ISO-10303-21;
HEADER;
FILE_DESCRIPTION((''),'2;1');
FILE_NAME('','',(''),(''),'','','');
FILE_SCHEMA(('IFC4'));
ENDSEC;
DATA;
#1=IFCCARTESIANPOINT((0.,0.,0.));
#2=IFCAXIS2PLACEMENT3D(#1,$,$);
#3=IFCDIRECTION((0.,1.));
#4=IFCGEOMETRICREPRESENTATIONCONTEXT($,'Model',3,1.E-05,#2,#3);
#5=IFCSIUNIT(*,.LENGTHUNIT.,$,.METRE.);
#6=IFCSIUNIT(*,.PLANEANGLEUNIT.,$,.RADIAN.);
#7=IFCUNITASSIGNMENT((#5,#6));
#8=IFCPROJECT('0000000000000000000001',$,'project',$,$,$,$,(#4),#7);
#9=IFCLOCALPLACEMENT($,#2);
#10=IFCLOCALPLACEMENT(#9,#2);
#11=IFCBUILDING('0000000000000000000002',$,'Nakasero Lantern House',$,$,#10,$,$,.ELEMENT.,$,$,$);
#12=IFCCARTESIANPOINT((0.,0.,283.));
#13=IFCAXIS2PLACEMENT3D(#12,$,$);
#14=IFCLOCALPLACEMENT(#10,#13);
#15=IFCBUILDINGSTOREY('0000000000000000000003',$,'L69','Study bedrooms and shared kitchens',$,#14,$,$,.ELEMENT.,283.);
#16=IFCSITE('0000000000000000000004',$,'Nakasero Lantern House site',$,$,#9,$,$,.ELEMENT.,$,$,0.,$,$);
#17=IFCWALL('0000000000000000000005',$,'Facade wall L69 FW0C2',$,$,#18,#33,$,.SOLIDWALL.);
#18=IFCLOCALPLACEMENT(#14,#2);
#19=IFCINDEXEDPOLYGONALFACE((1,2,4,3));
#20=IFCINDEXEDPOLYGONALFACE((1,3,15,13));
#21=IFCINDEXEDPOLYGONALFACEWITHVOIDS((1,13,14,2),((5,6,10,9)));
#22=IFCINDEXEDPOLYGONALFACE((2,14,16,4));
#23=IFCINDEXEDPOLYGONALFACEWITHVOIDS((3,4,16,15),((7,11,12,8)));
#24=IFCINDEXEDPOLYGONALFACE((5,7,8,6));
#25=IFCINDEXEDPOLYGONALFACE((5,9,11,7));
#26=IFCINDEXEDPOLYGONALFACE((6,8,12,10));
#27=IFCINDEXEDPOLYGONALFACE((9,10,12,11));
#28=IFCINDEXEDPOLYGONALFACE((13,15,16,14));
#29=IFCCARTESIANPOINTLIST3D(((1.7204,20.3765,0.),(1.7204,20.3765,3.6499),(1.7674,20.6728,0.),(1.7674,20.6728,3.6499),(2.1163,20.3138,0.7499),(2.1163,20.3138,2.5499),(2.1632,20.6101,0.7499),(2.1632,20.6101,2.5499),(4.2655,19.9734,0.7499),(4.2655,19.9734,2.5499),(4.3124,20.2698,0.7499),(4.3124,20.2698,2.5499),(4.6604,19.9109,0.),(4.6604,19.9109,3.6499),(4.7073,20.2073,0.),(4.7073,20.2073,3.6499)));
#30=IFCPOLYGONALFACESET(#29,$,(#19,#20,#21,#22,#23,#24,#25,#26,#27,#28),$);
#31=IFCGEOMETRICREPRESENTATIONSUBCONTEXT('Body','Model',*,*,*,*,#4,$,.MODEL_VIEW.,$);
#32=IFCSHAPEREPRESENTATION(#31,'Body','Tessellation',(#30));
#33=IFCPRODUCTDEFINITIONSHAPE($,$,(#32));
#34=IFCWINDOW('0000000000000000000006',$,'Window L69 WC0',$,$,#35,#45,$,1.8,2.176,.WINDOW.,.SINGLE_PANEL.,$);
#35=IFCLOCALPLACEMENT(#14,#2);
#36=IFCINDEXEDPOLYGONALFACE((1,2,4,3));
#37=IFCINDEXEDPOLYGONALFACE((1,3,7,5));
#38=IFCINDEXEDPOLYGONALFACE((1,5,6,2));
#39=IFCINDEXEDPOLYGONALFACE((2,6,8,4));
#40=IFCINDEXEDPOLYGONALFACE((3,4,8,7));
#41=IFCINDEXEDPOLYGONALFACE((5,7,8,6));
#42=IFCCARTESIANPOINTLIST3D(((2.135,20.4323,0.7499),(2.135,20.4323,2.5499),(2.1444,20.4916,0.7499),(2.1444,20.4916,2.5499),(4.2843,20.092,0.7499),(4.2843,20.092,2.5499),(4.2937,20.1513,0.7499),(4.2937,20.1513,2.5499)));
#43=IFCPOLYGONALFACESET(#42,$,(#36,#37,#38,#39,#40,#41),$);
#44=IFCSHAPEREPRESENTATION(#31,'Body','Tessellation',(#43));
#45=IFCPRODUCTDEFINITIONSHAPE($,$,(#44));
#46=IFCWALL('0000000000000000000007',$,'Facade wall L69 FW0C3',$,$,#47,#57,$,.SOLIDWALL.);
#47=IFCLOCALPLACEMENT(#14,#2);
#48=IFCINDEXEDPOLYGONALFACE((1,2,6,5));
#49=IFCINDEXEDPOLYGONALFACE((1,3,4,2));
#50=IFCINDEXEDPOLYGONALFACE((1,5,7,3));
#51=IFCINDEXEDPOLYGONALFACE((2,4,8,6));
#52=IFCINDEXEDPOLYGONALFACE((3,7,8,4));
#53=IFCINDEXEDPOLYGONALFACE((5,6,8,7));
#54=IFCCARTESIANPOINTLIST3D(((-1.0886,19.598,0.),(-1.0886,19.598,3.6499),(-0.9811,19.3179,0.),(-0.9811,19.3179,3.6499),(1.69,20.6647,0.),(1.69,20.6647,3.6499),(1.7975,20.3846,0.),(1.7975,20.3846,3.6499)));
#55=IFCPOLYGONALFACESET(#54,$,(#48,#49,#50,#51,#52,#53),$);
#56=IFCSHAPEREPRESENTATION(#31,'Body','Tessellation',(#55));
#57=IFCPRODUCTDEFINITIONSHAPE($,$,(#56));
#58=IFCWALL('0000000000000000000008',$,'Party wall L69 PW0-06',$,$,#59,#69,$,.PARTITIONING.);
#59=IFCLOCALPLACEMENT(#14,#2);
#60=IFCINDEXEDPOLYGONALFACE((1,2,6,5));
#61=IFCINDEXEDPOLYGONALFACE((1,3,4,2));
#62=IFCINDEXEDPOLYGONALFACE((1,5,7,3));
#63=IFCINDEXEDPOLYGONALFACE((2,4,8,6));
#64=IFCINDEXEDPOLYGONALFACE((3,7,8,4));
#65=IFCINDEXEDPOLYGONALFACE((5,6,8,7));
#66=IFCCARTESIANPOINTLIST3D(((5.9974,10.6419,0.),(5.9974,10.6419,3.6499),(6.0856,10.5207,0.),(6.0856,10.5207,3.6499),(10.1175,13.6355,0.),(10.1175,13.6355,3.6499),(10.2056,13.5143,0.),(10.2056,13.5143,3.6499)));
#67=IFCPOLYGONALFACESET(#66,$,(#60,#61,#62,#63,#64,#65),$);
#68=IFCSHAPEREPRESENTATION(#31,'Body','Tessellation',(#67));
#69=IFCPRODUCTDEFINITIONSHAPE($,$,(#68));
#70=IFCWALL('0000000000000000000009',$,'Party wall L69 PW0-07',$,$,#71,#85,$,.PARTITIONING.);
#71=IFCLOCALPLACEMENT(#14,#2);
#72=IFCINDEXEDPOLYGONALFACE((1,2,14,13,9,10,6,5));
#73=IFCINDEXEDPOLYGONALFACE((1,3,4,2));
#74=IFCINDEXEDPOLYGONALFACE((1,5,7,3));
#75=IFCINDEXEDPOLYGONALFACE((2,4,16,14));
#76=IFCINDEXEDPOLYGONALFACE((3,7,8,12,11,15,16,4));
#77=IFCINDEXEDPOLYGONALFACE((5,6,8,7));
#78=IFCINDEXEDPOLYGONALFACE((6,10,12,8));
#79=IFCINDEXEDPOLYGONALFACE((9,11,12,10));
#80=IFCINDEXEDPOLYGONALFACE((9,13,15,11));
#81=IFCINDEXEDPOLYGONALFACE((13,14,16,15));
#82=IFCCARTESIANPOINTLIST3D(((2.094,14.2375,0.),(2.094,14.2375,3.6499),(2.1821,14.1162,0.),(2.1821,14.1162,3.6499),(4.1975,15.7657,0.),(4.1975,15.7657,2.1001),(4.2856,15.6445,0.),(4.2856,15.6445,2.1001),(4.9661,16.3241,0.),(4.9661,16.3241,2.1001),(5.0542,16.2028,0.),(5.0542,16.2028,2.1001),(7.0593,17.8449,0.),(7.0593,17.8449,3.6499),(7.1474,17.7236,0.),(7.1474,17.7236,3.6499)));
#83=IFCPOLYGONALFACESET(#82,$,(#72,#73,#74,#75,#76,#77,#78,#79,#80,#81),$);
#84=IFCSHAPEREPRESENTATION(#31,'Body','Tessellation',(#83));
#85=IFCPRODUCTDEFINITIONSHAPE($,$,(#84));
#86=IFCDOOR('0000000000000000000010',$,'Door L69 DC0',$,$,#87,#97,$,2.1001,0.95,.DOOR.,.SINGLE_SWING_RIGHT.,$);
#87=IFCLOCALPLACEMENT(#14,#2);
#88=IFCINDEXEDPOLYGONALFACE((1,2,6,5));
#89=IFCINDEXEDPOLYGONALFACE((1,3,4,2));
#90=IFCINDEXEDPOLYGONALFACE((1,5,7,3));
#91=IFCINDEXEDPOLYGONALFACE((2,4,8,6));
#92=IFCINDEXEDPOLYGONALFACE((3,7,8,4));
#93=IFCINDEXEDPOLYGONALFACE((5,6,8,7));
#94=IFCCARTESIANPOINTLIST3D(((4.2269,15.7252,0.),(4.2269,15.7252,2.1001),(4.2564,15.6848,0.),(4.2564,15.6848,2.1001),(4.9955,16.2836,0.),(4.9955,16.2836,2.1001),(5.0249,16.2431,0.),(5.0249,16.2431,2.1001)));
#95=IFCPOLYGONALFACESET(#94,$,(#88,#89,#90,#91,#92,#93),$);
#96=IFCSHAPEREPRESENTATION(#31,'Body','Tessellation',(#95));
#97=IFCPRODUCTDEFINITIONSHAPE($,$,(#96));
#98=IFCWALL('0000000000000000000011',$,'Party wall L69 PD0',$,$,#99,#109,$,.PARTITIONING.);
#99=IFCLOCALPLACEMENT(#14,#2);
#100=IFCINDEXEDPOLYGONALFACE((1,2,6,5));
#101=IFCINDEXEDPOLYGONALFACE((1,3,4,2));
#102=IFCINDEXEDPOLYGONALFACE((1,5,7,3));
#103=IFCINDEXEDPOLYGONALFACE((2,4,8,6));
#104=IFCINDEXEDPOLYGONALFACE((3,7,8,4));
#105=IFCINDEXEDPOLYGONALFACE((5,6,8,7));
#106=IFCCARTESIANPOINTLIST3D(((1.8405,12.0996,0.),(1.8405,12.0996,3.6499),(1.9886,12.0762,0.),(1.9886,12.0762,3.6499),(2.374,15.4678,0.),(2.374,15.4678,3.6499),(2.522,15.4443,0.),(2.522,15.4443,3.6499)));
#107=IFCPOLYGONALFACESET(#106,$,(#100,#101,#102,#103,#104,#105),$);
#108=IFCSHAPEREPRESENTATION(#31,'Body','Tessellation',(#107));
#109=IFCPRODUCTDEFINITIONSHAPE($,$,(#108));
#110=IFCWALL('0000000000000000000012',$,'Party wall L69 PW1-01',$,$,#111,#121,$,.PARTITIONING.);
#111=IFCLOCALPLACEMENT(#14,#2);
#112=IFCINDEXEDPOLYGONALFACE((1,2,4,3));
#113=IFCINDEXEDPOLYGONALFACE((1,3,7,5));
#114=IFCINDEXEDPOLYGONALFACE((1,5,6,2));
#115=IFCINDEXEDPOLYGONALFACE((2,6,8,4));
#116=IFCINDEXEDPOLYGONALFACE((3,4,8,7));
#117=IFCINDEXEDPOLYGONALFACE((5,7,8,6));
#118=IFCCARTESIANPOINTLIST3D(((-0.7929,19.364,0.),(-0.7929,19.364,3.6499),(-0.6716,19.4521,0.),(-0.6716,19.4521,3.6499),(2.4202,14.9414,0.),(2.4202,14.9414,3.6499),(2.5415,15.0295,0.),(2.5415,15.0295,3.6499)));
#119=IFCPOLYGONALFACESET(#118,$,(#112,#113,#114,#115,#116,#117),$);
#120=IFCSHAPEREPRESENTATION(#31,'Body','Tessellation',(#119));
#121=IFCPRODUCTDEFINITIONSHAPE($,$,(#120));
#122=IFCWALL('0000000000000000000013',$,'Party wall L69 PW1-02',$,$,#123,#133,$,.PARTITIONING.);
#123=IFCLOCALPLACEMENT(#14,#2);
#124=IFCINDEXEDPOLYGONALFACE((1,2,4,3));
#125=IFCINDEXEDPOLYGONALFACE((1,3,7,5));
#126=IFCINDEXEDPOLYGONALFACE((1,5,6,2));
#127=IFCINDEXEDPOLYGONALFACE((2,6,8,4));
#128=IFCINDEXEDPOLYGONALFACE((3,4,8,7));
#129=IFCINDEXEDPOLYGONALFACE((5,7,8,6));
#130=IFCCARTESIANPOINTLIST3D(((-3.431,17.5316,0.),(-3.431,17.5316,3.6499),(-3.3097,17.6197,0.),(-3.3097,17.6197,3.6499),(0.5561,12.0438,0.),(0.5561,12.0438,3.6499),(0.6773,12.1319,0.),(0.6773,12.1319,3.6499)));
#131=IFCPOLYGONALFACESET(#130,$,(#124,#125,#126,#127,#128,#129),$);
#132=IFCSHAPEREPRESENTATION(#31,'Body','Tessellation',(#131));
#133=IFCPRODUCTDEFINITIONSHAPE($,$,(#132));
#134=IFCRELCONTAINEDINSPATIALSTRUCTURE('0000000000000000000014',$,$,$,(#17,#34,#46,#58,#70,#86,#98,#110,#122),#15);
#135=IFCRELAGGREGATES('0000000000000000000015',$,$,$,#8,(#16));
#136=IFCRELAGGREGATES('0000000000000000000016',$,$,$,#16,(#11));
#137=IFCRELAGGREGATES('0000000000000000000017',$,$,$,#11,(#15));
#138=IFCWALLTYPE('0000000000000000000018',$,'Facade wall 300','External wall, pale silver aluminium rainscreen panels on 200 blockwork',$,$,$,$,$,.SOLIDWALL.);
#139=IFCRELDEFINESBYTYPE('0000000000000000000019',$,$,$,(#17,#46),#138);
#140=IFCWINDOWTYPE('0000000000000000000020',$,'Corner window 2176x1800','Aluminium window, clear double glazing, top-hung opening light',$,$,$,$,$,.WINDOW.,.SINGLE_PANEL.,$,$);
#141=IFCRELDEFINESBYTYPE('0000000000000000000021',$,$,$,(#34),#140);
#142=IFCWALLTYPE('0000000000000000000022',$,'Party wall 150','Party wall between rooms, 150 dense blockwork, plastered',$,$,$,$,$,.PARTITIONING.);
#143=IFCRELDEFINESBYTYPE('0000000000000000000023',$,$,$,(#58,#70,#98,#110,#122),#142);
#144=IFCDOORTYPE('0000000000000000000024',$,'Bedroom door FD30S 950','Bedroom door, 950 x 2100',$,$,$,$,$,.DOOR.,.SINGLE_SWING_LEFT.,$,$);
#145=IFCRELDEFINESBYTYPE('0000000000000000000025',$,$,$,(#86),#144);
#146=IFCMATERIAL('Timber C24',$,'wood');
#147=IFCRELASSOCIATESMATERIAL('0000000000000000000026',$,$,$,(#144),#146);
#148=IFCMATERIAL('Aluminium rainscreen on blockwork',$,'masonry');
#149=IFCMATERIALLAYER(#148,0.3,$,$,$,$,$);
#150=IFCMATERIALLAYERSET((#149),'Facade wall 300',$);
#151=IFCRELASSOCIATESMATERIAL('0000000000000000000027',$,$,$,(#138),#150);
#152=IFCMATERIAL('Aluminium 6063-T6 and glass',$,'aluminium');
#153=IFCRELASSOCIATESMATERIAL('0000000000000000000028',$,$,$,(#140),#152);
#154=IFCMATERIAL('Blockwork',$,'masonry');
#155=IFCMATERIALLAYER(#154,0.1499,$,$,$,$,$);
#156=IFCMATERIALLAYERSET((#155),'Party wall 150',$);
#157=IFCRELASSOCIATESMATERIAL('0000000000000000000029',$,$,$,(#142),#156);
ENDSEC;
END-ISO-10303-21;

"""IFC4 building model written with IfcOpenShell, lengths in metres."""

from ifc_helpers import new_model, si_unit, direction, frame, frame_2d, origin, place, context, subcontext, project, spatial, rectangle, extrude, material, layer, layer_set, type_object, element, fill, save


model = new_model("IFC4")

# Units and contexts
model_context = context("Model", 3, precision=1e-05, world=origin(), true_north=direction((0.0, 1.0)))
body_context = subcontext(model_context, "Body", "Model", "MODEL_VIEW")
ifc_project = project(units=[si_unit("LENGTHUNIT", "METRE"), si_unit("PLANEANGLEUNIT", "RADIAN")], contexts=[model_context])

# Site, building, storey
site_placement = place(None, origin())
site = spatial("IfcSite", under=ifc_project, at=site_placement, Name="Nakasero Lantern House site", CompositionType="ELEMENT", RefElevation=0.0)
building_placement = place(site_placement, origin())
building = spatial("IfcBuilding", under=site, at=building_placement, Name="Nakasero Lantern House", CompositionType="ELEMENT")
storey_placement = place(building_placement, frame((0.0, 0.0, 283.0)))
storey = spatial("IfcBuildingStorey", under=building, at=storey_placement, Name="L69", Description="Study bedrooms and shared kitchens", CompositionType="ELEMENT", Elevation=283.0)

# Shared definitions
ifc_material_1 = material(Name="Timber C24", Category="wood")
door_type_1 = type_object("IfcDoorType", Name="Bedroom door FD30S 950", Description="Bedroom door, 950 x 2100", OperationType="SINGLE_SWING_LEFT", PredefinedType="DOOR", material=ifc_material_1)

# Wall, opening, window
ifc_material_2 = material(Name="Aluminium rainscreen on blockwork", Category="masonry")
ifc_layer_1 = layer(ifc_material_2, 0.3)
ifc_layer_set_1 = layer_set([ifc_layer_1], Name="Facade wall 300")
wall_type_1 = type_object("IfcWallType", Name="Facade wall 300", Description="External wall, pale silver aluminium rainscreen panels on 200 blockwork", PredefinedType="SOLIDWALL", material=ifc_layer_set_1)
wall_1_placement = place(storey_placement, frame((4.6838, 20.0591, 0.0), z_axis=(0.0, 0.0, 1.0), x_axis=(-0.987692, 0.156413, 0.0)))
wall_1 = element("IfcWall", 1, at=wall_1_placement, inside=storey, type_object=wall_type_1, Name="Facade wall L69 FW0C2", PredefinedType="SOLIDWALL", context=body_context, shape_type="SweptSolid", body=[
    extrude(rectangle(XDim=2.9766, YDim=0.3, at=frame_2d((1.4883, 0.0))), origin(), (0.0, 0.0, 1.0), 3.6499),
])
opening_1_placement = place(wall_1_placement, frame((0.3999, 0.0, 0.75)))
opening_1 = element("IfcOpeningElement", 2, at=opening_1_placement, cuts=wall_1, PredefinedType="OPENING", context=body_context, shape_type="SweptSolid", body=[
    extrude(rectangle(XDim=2.176, YDim=1.8, at=frame_2d((1.0879, 0.8999))), frame((0.0, 0.1699, 0.0), z_axis=(0.0, -1.0, 0.0), x_axis=(1.0, 0.0, 0.0)), (0.0, 0.0, 1.0), 0.3401),
])
ifc_material_3 = material(Name="Aluminium 6063-T6 and glass", Category="aluminium")
window_type = type_object("IfcWindowType", Name="Corner window 2176x1800", Description="Aluminium window, clear double glazing, top-hung opening light", PartitioningType="SINGLE_PANEL", PredefinedType="WINDOW", material=ifc_material_3)
window_placement = place(opening_1_placement, origin())
window = element("IfcWindow", 3, at=window_placement, inside=storey, type_object=window_type, Name="Window L69 WC0", OverallHeight=1.8, OverallWidth=2.176, PartitioningType="SINGLE_PANEL", PredefinedType="WINDOW", context=body_context, shape_type="SweptSolid", body=[
    extrude(rectangle(XDim=2.176, YDim=1.8, at=frame_2d((1.0879, 0.8999))), frame((0.0, 0.03, 0.0), z_axis=(0.0, -1.0, 0.0), x_axis=(1.0, 0.0, 0.0)), (0.0, 0.0, 1.0), 0.0601),
])
fill(opening_1, window)

# Walls
wall_2_placement = place(storey_placement, frame((1.7439, 20.5247, 0.0), z_axis=(0.0, 0.0, 1.0), x_axis=(-0.933574, -0.358385, 0.0)))
element("IfcWall", 4, at=wall_2_placement, inside=storey, type_object=wall_type_1, Name="Facade wall L69 FW0C3", PredefinedType="SOLIDWALL", context=body_context, shape_type="SweptSolid", body=[
    extrude(rectangle(XDim=2.9763, YDim=0.3, at=frame_2d((1.4883, 0.0))), origin(), (0.0, 0.0, 1.0), 3.6499),
])
ifc_material_4 = material(Name="Blockwork", Category="masonry")
ifc_layer_2 = layer(ifc_material_4, 0.1499)
ifc_layer_set_2 = layer_set([ifc_layer_2], Name="Party wall 150")
wall_type_2 = type_object("IfcWallType", Name="Party wall 150", Description="Party wall between rooms, 150 dense blockwork, plastered", PredefinedType="PARTITIONING", material=ifc_layer_set_2)
wall_3_placement = place(storey_placement, frame((6.0415, 10.5813, 0.0), z_axis=(0.0, 0.0, 1.0), x_axis=(0.808997, 0.587812, 0.0)))
element("IfcWall", 5, at=wall_3_placement, inside=storey, type_object=wall_type_2, Name="Party wall L69 PW0-06", PredefinedType="PARTITIONING", context=body_context, shape_type="SweptSolid", body=[
    extrude(rectangle(XDim=5.0928, YDim=0.1499, at=frame_2d((2.5464, 0.0))), origin(), (0.0, 0.0, 1.0), 3.6499),
])

# Wall, opening, door
wall_4_placement = place(storey_placement, frame((2.1379, 14.1768, 0.0), z_axis=(0.0, 0.0, 1.0), x_axis=(0.809025, 0.587774, 0.0)))
wall_4 = element("IfcWall", 6, at=wall_4_placement, inside=storey, type_object=wall_type_2, Name="Party wall L69 PW0-07", PredefinedType="PARTITIONING", context=body_context, shape_type="SweptSolid", body=[
    extrude(rectangle(XDim=6.1375, YDim=0.1499, at=frame_2d((3.0688, 0.0))), origin(), (0.0, 0.0, 1.0), 3.6499),
])
opening_2_placement = place(wall_4_placement, frame((2.6001, 0.0, 0.0)))
opening_2 = element("IfcOpeningElement", 7, at=opening_2_placement, cuts=wall_4, PredefinedType="OPENING", context=body_context, shape_type="SweptSolid", body=[
    extrude(rectangle(XDim=0.95, YDim=2.1001, at=frame_2d((0.4751, 1.05))), frame((0.0, 0.095, 0.0), z_axis=(0.0, -1.0, 0.0), x_axis=(1.0, 0.0, 0.0)), (0.0, 0.0, 1.0), 0.1899),
])
door_1_placement = place(opening_2_placement, origin())
door_1 = element("IfcDoor", 8, at=door_1_placement, inside=storey, type_object=door_type_1, Name="Door L69 DC0", OperationType="SINGLE_SWING_RIGHT", OverallHeight=2.1001, OverallWidth=0.95, PredefinedType="DOOR", context=body_context, shape_type="SweptSolid", body=[
    extrude(rectangle(XDim=0.95, YDim=2.1001, at=frame_2d((0.4751, 1.05))), frame((0.0, 0.0249, 0.0), z_axis=(0.0, -1.0, 0.0), x_axis=(1.0, 0.0, 0.0)), (0.0, 0.0, 1.0), 0.05),
])
fill(opening_2, door_1)

# Walls
wall_5_placement = place(storey_placement, frame((1.9146, 12.0879, 0.0), z_axis=(0.0, 0.0, 1.0), x_axis=(0.156429, 0.987689, 0.0)))
element("IfcWall", 9, at=wall_5_placement, inside=storey, type_object=wall_type_2, Name="Party wall L69 PD0", PredefinedType="PARTITIONING", context=body_context, shape_type="SweptSolid", body=[
    extrude(rectangle(XDim=3.4102, YDim=0.1499, at=frame_2d((1.7051, 0.0))), origin(), (0.0, 0.0, 1.0), 3.6499),
])
wall_6_placement = place(storey_placement, frame((2.481, 14.9854, 0.0), z_axis=(0.0, 0.0, 1.0), x_axis=(-0.587776, 0.809024, 0.0)))
element("IfcWall", 10, at=wall_6_placement, inside=storey, type_object=wall_type_2, Name="Party wall L69 PW1-01", PredefinedType="PARTITIONING", context=body_context, shape_type="SweptSolid", body=[
    extrude(rectangle(XDim=5.4666, YDim=0.1499, at=frame_2d((2.7334, 0.0))), origin(), (0.0, 0.0, 1.0), 3.6499),
])
wall_7_placement = place(storey_placement, frame((0.6167, 12.0879, 0.0), z_axis=(0.0, 0.0, 1.0), x_axis=(-0.58778, 0.809021, 0.0)))
element("IfcWall", 11, at=wall_7_placement, inside=storey, type_object=wall_type_2, Name="Party wall L69 PW1-02", PredefinedType="PARTITIONING", context=body_context, shape_type="SweptSolid", body=[
    extrude(rectangle(XDim=6.7832, YDim=0.1499, at=frame_2d((3.3916, 0.0))), origin(), (0.0, 0.0, 1.0), 3.6499),
])

save(model, "model.ifc")
